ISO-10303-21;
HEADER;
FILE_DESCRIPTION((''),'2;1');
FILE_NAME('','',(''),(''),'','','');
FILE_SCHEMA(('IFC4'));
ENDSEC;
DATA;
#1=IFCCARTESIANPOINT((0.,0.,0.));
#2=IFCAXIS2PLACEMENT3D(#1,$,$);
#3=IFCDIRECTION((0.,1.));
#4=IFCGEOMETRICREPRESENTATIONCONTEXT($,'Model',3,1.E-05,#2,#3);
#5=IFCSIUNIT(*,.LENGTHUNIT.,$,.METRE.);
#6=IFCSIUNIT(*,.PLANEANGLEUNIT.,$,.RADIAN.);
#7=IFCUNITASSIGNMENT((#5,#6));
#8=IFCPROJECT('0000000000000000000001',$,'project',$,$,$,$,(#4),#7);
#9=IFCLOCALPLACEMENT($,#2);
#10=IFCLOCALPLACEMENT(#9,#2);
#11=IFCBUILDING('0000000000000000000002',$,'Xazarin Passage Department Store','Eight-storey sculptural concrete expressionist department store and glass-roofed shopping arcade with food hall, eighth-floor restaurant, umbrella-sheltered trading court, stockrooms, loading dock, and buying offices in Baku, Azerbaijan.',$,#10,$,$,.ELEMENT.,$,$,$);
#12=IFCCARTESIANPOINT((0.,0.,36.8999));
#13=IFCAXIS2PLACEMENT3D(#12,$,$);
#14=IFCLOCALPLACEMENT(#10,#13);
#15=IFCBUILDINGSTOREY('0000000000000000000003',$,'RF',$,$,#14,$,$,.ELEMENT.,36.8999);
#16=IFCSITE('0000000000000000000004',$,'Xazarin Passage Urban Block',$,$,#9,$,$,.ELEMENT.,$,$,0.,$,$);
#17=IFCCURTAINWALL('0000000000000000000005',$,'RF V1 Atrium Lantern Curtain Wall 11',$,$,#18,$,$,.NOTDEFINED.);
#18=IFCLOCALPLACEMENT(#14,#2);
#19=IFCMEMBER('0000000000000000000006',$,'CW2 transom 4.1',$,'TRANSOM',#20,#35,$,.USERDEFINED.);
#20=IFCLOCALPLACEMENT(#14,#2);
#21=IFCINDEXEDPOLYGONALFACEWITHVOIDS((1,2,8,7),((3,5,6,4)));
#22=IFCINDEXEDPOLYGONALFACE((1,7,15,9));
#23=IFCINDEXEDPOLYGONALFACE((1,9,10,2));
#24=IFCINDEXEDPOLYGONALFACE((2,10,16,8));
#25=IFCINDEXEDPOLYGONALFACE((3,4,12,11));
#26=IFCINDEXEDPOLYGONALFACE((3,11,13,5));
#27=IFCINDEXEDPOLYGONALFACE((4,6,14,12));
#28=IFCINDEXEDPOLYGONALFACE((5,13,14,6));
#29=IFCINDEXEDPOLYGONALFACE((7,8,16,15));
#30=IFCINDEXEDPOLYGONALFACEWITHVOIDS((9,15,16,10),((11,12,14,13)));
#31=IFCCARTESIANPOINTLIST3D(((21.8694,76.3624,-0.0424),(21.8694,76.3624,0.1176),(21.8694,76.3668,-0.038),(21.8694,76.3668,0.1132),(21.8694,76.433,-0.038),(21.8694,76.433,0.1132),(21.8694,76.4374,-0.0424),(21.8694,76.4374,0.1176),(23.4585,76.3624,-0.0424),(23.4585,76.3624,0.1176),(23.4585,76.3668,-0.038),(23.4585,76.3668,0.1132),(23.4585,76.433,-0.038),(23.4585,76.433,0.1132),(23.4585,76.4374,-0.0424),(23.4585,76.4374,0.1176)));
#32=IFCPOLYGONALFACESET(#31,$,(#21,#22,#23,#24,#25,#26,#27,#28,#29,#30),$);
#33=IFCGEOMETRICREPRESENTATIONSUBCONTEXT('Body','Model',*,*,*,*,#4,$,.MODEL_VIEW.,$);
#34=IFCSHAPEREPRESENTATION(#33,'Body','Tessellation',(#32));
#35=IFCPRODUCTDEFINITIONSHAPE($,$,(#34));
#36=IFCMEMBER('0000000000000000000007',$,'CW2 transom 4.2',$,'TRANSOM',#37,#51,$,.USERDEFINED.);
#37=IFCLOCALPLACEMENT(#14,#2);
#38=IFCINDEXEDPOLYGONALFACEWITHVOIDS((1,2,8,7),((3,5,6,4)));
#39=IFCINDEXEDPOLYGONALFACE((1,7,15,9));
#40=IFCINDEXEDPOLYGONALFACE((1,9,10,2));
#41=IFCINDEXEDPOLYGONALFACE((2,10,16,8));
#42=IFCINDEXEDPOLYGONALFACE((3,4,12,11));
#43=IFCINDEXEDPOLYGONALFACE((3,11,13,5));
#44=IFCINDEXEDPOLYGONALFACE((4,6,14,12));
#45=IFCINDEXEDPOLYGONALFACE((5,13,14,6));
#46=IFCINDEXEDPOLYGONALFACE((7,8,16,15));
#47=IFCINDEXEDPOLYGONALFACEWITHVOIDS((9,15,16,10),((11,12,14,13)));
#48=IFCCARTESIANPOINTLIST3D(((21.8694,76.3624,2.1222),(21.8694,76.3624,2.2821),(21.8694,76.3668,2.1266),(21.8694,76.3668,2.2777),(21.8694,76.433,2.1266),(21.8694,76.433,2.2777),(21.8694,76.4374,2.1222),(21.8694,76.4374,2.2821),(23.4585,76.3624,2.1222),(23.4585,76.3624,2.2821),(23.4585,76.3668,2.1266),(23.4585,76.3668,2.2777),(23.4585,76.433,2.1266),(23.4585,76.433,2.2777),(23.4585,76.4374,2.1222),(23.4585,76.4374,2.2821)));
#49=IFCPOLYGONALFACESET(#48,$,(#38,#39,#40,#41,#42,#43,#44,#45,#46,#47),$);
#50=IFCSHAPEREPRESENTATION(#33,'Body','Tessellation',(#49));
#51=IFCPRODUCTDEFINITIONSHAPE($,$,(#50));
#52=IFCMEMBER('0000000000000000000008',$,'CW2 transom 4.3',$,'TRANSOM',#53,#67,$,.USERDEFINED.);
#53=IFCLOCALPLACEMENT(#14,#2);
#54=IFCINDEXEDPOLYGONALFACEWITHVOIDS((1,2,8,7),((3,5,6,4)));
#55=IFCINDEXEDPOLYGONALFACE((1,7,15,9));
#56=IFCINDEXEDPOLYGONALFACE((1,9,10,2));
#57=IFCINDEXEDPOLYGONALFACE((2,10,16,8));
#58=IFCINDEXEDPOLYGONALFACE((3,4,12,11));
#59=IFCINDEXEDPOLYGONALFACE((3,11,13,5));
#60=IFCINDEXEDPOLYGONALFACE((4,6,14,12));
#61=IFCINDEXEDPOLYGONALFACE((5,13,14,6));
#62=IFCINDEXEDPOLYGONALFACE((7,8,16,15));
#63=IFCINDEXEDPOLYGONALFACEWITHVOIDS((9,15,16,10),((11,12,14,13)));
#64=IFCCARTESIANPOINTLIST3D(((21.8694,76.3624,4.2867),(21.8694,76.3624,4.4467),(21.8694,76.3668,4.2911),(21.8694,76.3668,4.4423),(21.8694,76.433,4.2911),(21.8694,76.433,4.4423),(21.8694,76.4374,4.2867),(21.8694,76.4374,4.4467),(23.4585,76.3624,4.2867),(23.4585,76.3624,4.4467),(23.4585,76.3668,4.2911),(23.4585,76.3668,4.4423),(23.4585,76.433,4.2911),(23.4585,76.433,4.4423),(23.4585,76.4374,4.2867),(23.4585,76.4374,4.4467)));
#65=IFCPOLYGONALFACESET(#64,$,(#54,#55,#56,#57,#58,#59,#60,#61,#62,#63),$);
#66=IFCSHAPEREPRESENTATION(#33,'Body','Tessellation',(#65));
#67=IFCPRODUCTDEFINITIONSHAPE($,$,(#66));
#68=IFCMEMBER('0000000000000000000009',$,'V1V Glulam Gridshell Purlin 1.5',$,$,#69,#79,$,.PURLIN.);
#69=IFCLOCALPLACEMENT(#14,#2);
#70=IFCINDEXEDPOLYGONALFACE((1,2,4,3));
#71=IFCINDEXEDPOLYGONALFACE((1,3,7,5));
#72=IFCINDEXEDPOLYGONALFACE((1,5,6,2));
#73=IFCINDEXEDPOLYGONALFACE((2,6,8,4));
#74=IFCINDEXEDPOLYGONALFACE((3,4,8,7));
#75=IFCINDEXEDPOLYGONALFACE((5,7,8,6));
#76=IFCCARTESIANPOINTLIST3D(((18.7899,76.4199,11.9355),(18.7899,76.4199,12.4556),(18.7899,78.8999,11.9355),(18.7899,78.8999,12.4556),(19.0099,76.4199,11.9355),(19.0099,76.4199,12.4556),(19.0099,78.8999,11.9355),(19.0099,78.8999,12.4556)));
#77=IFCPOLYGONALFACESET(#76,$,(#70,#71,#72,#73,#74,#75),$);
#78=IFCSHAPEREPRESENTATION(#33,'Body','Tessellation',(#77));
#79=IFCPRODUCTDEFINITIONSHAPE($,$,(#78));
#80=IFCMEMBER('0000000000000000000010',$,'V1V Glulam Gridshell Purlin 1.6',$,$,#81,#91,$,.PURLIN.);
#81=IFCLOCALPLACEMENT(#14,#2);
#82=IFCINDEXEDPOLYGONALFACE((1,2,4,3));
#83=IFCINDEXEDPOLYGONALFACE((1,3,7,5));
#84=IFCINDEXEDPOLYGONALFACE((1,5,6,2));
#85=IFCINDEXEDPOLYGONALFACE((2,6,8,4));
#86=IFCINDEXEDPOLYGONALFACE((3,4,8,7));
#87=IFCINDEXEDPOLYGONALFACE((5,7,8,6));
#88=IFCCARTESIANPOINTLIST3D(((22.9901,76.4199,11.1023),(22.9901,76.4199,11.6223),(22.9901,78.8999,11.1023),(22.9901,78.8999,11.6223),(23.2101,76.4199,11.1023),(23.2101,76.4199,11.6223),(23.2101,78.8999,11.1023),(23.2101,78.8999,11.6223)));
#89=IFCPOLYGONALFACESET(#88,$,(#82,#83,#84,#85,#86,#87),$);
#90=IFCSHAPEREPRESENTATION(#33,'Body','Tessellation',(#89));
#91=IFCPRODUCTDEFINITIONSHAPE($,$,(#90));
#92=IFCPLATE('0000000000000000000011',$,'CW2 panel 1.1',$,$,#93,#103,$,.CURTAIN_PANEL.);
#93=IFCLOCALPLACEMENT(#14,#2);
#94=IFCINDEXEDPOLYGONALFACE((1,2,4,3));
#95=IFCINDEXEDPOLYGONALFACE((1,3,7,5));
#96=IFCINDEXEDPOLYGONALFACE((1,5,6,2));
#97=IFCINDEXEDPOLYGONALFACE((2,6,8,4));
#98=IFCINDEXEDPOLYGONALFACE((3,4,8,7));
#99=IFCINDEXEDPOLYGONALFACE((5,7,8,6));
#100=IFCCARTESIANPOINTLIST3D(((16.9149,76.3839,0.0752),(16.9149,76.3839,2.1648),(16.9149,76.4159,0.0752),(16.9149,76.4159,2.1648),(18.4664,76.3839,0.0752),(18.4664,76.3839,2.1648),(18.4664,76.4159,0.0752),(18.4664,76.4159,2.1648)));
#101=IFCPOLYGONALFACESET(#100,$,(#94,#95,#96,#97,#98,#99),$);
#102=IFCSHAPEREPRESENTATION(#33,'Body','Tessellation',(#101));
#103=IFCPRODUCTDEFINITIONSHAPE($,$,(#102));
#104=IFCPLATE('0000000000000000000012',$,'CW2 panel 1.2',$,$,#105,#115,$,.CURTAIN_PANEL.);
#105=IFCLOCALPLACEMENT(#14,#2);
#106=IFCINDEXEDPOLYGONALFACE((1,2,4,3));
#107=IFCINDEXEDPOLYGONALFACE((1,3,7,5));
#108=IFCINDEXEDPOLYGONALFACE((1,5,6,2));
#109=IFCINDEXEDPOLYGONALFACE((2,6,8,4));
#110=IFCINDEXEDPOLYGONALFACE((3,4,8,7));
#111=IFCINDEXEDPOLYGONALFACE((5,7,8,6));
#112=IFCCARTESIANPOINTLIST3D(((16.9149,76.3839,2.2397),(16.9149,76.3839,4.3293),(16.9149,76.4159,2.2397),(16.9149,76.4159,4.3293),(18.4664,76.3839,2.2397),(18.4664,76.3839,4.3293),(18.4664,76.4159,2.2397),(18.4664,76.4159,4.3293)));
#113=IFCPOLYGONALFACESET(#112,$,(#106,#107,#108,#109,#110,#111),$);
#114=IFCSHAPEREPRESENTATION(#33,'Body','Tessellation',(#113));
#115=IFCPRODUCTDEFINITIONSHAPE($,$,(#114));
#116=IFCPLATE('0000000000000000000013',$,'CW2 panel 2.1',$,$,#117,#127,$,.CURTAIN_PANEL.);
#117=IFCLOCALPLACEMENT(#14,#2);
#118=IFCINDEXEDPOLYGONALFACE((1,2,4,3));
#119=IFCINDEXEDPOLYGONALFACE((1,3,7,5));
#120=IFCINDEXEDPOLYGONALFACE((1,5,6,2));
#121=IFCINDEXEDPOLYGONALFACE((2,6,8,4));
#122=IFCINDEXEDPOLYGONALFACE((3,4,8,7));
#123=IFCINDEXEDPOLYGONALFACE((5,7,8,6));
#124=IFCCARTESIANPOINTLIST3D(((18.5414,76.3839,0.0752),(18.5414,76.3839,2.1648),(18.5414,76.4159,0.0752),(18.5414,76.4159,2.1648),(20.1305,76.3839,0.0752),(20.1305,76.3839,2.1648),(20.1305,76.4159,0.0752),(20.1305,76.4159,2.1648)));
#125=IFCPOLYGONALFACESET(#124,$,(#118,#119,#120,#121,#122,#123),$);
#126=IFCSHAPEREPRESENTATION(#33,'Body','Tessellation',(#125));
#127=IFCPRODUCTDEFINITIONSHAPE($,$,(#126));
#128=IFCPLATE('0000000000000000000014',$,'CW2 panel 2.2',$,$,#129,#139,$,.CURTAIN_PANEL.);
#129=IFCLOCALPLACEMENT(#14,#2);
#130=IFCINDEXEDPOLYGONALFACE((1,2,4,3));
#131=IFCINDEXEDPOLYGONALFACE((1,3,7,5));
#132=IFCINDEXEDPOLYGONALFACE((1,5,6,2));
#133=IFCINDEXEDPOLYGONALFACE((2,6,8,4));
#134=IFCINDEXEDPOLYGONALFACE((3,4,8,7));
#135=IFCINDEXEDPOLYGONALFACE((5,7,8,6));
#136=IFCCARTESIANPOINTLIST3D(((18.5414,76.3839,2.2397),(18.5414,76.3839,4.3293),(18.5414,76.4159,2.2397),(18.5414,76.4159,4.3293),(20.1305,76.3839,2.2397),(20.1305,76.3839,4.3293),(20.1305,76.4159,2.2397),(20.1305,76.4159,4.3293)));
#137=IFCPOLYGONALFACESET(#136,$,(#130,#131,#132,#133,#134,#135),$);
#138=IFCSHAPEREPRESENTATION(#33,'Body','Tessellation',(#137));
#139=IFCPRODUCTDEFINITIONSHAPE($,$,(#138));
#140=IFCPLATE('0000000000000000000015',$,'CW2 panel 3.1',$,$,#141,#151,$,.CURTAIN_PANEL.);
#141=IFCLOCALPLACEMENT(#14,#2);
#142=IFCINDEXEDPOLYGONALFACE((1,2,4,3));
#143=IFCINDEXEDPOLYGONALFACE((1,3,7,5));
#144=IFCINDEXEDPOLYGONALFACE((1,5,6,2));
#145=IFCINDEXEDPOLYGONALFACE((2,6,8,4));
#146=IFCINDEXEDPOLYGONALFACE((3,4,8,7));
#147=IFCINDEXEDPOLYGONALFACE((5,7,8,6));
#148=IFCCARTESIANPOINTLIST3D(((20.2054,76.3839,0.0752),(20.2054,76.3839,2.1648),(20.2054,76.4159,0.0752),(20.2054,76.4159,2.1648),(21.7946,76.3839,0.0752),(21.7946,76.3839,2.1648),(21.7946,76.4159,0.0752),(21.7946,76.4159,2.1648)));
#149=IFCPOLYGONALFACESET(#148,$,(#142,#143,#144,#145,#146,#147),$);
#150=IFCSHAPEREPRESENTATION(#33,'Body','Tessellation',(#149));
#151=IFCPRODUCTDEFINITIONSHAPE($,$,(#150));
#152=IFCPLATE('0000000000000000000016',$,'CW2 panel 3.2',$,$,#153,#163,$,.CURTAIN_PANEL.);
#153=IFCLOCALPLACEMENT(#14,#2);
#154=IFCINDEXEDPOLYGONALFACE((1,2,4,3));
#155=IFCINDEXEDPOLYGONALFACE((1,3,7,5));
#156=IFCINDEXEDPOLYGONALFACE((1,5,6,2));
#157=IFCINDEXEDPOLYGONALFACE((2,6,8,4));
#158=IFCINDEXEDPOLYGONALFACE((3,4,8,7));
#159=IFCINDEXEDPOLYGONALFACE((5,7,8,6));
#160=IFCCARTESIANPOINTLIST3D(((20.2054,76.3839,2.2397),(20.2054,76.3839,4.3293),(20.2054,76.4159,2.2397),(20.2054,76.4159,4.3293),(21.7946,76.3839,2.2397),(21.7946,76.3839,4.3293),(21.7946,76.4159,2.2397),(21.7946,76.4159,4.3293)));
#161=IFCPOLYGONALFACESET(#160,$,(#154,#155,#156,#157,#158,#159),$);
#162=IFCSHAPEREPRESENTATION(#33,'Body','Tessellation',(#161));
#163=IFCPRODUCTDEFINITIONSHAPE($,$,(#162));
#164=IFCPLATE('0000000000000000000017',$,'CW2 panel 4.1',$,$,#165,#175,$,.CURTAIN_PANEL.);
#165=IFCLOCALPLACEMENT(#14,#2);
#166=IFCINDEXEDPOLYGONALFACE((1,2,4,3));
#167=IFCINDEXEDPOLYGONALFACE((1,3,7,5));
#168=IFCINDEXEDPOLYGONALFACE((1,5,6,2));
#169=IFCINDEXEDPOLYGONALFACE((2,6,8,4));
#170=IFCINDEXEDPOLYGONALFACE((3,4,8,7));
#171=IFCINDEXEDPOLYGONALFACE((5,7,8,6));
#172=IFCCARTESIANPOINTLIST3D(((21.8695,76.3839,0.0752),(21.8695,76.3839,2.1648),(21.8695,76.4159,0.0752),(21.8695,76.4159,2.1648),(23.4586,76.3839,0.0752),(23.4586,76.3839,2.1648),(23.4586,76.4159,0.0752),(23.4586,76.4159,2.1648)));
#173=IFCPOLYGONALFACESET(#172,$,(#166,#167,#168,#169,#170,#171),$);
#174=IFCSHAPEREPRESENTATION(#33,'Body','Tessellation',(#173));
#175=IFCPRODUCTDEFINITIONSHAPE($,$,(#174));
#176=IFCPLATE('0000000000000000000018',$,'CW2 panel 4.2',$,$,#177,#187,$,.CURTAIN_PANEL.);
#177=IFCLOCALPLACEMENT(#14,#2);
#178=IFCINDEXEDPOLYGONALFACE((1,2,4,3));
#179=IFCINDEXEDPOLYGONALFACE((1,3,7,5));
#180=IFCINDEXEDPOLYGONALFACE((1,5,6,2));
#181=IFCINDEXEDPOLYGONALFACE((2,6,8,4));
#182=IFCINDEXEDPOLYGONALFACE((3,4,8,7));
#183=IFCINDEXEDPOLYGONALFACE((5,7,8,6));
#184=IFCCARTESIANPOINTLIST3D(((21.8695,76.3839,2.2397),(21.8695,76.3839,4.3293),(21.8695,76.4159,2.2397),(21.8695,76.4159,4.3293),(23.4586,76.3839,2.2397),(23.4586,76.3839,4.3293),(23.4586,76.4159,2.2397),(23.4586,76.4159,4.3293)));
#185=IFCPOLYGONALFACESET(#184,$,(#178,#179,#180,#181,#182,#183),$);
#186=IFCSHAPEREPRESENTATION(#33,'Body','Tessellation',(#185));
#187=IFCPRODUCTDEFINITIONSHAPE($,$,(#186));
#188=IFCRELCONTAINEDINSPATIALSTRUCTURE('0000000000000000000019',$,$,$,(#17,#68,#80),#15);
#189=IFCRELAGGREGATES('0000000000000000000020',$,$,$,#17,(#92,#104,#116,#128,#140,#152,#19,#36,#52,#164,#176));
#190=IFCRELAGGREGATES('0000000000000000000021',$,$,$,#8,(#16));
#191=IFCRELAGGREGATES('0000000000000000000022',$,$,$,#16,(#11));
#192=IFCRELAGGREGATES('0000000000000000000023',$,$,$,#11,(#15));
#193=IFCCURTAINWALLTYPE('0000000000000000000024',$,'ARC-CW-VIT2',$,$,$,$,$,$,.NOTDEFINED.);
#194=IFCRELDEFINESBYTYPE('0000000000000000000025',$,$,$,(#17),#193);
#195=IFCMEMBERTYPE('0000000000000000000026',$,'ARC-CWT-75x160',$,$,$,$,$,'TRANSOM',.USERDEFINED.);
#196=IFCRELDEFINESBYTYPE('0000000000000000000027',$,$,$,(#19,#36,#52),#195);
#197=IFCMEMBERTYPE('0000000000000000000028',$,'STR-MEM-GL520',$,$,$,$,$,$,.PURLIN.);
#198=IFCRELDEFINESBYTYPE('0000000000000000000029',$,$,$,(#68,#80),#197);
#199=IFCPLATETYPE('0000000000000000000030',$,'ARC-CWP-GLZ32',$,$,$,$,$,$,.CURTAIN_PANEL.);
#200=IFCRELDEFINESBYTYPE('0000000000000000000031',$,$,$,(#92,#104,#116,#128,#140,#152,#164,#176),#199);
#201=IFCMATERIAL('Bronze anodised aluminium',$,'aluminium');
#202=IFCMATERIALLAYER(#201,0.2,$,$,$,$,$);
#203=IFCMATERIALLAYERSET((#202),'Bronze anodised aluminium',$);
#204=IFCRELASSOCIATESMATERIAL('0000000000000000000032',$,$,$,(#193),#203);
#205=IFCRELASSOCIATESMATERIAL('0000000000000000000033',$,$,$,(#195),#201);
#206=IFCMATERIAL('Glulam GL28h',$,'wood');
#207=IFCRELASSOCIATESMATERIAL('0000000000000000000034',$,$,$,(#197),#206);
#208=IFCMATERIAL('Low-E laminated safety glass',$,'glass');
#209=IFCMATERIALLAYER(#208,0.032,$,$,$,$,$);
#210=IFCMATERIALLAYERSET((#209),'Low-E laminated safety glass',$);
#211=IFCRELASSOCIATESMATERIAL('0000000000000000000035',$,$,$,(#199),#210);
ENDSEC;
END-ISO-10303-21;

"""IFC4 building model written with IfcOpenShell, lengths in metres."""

from ifc_helpers import new_model, si_unit, direction, frame, origin, origin_2d, place, context, subcontext, project, spatial, rectangle, hollow_rectangle, extrude, material, layer, layer_set, material_profile, profile_set, type_object, element, aggregate, save


model = new_model("IFC4")

# Units and contexts
model_context = context("Model", 3, precision=1e-05, world=origin(), true_north=direction((0.0, 1.0)))
body_context = subcontext(model_context, "Body", "Model", "MODEL_VIEW")
ifc_project = project(units=[si_unit("LENGTHUNIT", "METRE"), si_unit("PLANEANGLEUNIT", "RADIAN")], contexts=[model_context])

# Site, building, storey
site_placement = place(None, origin())
site = spatial("IfcSite", under=ifc_project, at=site_placement, Name="Xazarin Passage Urban Block", CompositionType="ELEMENT", RefElevation=0.0)
building_placement = place(site_placement, origin())
building = spatial("IfcBuilding", under=site, at=building_placement, Name="Xazarin Passage Department Store", Description="Eight-storey sculptural concrete expressionist department store and glass-roofed shopping arcade with food hall, eighth-floor restaurant, umbrella-sheltered trading court, stockrooms, loading dock, and buying offices in Baku, Azerbaijan.", CompositionType="ELEMENT")
storey_placement = place(building_placement, frame((0.0, 0.0, 36.8999)))
storey = spatial("IfcBuildingStorey", under=building, at=storey_placement, Name="RF", CompositionType="ELEMENT", Elevation=36.8999)

# Curtain wall, members
ifc_material_1 = material(Name="Bronze anodised aluminium", Category="aluminium")
ifc_layer_1 = layer(ifc_material_1, 0.2)
ifc_layer_set_1 = layer_set([ifc_layer_1], Name="Bronze anodised aluminium")
curtain_wall_type = type_object("IfcCurtainWallType", Name="ARC-CW-VIT2", PredefinedType="NOTDEFINED", material=ifc_layer_set_1)
curtain_wall_placement = place(storey_placement, origin())
curtain_wall = element("IfcCurtainWall", 1, at=curtain_wall_placement, inside=storey, type_object=curtain_wall_type, Name="RF V1 Atrium Lantern Curtain Wall 11", PredefinedType="NOTDEFINED")
ifc_material_profile_1 = material_profile(ifc_material_1, hollow_rectangle(XDim=0.075, YDim=0.1599, WallThickness=0.0044, at=origin_2d()), Name="ALU 75x160")
ifc_profile_set_1 = profile_set([ifc_material_profile_1], Name="Bronze anodised aluminium")
member_type_1 = type_object("IfcMemberType", Name="ARC-CWT-75x160", ElementType="TRANSOM", PredefinedType="USERDEFINED", material=ifc_profile_set_1)
member_1_placement = place(storey_placement, frame((21.8694, 76.3999, 0.0376), z_axis=(1.0, 0.0, 0.0), x_axis=(0.0, 1.0, 0.0)))
member_1 = element("IfcMember", 2, at=member_1_placement, type_object=member_type_1, Name="CW2 transom 4.1", ObjectType="TRANSOM", PredefinedType="USERDEFINED", context=body_context, shape_type="SweptSolid", body=[
    extrude(hollow_rectangle(XDim=0.075, YDim=0.1599, WallThickness=0.0044, at=origin_2d()), origin(), (0.0, 0.0, 1.0), 1.5891),
])
member_2_placement = place(storey_placement, frame((21.8694, 76.3999, 2.2021), z_axis=(1.0, 0.0, 0.0), x_axis=(0.0, 1.0, 0.0)))
member_2 = element("IfcMember", 3, at=member_2_placement, type_object=member_type_1, Name="CW2 transom 4.2", ObjectType="TRANSOM", PredefinedType="USERDEFINED", context=body_context, shape_type="SweptSolid", body=[
    extrude(hollow_rectangle(XDim=0.075, YDim=0.1599, WallThickness=0.0044, at=origin_2d()), origin(), (0.0, 0.0, 1.0), 1.5891),
])
member_3_placement = place(storey_placement, frame((21.8694, 76.3999, 4.3667), z_axis=(1.0, 0.0, 0.0), x_axis=(0.0, 1.0, 0.0)))
member_3 = element("IfcMember", 4, at=member_3_placement, type_object=member_type_1, Name="CW2 transom 4.3", ObjectType="TRANSOM", PredefinedType="USERDEFINED", context=body_context, shape_type="SweptSolid", body=[
    extrude(hollow_rectangle(XDim=0.075, YDim=0.1599, WallThickness=0.0044, at=origin_2d()), origin(), (0.0, 0.0, 1.0), 1.5891),
])

# Members
ifc_material_2 = material(Name="Glulam GL28h", Category="wood")
ifc_material_profile_2 = material_profile(ifc_material_2, rectangle(XDim=0.22, YDim=0.52, at=origin_2d()), Name="GL28h 220x520")
ifc_profile_set_2 = profile_set([ifc_material_profile_2], Name="Glulam GL28h")
member_type_2 = type_object("IfcMemberType", Name="STR-MEM-GL520", PredefinedType="PURLIN", material=ifc_profile_set_2)
for number, where, z_axis, x_axis, name in (
    (5, (18.8999, 76.4199, 12.1956), (0.0, 1.0, 0.0), (-1.0, 0.0, 0.0), "V1V Glulam Gridshell Purlin 1.5"),
    (6, (23.1001, 76.4199, 11.3623), (0.0, 1.0, 0.0), (-1.0, 0.0, 0.0), "V1V Glulam Gridshell Purlin 1.6"),
):
    element("IfcMember", number, at=place(storey_placement, frame(where, z_axis=z_axis, x_axis=x_axis)), inside=storey, type_object=member_type_2, Name=name, PredefinedType="PURLIN", context=body_context, shape_type="SweptSolid", body=[
        extrude(rectangle(XDim=0.22, YDim=0.52, at=origin_2d()), origin(), (0.0, 0.0, 1.0), 2.48),
    ])

# Plates
ifc_material_3 = material(Name="Low-E laminated safety glass", Category="glass")
ifc_layer_2 = layer(ifc_material_3, 0.032)
ifc_layer_set_2 = layer_set([ifc_layer_2], Name="Low-E laminated safety glass")
plate_type_1 = type_object("IfcPlateType", Name="ARC-CWP-GLZ32", PredefinedType="CURTAIN_PANEL", material=ifc_layer_set_2)
plate_1_placement = place(storey_placement, frame((17.6907, 76.3999, 0.0752), z_axis=(0.0, 0.0, 1.0), x_axis=(1.0, 0.0, 0.0)))
plate_1 = element("IfcPlate", 7, at=plate_1_placement, type_object=plate_type_1, Name="CW2 panel 1.1", PredefinedType="CURTAIN_PANEL", context=body_context, shape_type="SweptSolid", body=[
    extrude(rectangle(XDim=1.5515, YDim=0.032, at=origin_2d()), origin(), (0.0, 0.0, 1.0), 2.0896),
])
plate_2_placement = place(storey_placement, frame((17.6907, 76.3999, 2.2397), z_axis=(0.0, 0.0, 1.0), x_axis=(1.0, 0.0, 0.0)))
plate_2 = element("IfcPlate", 8, at=plate_2_placement, type_object=plate_type_1, Name="CW2 panel 1.2", PredefinedType="CURTAIN_PANEL", context=body_context, shape_type="SweptSolid", body=[
    extrude(rectangle(XDim=1.5515, YDim=0.032, at=origin_2d()), origin(), (0.0, 0.0, 1.0), 2.0896),
])
plate_3_placement = place(storey_placement, frame((19.3359, 76.3999, 0.0752), z_axis=(0.0, 0.0, 1.0), x_axis=(1.0, 0.0, 0.0)))
plate_3 = element("IfcPlate", 9, at=plate_3_placement, type_object=plate_type_1, Name="CW2 panel 2.1", PredefinedType="CURTAIN_PANEL", context=body_context, shape_type="SweptSolid", body=[
    extrude(rectangle(XDim=1.5891, YDim=0.032, at=origin_2d()), origin(), (0.0, 0.0, 1.0), 2.0896),
])
plate_4_placement = place(storey_placement, frame((19.3359, 76.3999, 2.2397), z_axis=(0.0, 0.0, 1.0), x_axis=(1.0, 0.0, 0.0)))
plate_4 = element("IfcPlate", 10, at=plate_4_placement, type_object=plate_type_1, Name="CW2 panel 2.2", PredefinedType="CURTAIN_PANEL", context=body_context, shape_type="SweptSolid", body=[
    extrude(rectangle(XDim=1.5891, YDim=0.032, at=origin_2d()), origin(), (0.0, 0.0, 1.0), 2.0896),
])
plate_5_placement = place(storey_placement, frame((21.0, 76.3999, 0.0752), z_axis=(0.0, 0.0, 1.0), x_axis=(1.0, 0.0, 0.0)))
plate_5 = element("IfcPlate", 11, at=plate_5_placement, type_object=plate_type_1, Name="CW2 panel 3.1", PredefinedType="CURTAIN_PANEL", context=body_context, shape_type="SweptSolid", body=[
    extrude(rectangle(XDim=1.5891, YDim=0.032, at=origin_2d()), origin(), (0.0, 0.0, 1.0), 2.0896),
])
plate_6_placement = place(storey_placement, frame((21.0, 76.3999, 2.2397), z_axis=(0.0, 0.0, 1.0), x_axis=(1.0, 0.0, 0.0)))
plate_6 = element("IfcPlate", 12, at=plate_6_placement, type_object=plate_type_1, Name="CW2 panel 3.2", PredefinedType="CURTAIN_PANEL", context=body_context, shape_type="SweptSolid", body=[
    extrude(rectangle(XDim=1.5891, YDim=0.032, at=origin_2d()), origin(), (0.0, 0.0, 1.0), 2.0896),
])
plate_7_placement = place(storey_placement, frame((22.6641, 76.3999, 0.0752), z_axis=(0.0, 0.0, 1.0), x_axis=(1.0, 0.0, 0.0)))
plate_7 = element("IfcPlate", 13, at=plate_7_placement, type_object=plate_type_1, Name="CW2 panel 4.1", PredefinedType="CURTAIN_PANEL", context=body_context, shape_type="SweptSolid", body=[
    extrude(rectangle(XDim=1.5891, YDim=0.032, at=origin_2d()), origin(), (0.0, 0.0, 1.0), 2.0896),
])
plate_8_placement = place(storey_placement, frame((22.6641, 76.3999, 2.2397), z_axis=(0.0, 0.0, 1.0), x_axis=(1.0, 0.0, 0.0)))
plate_8 = element("IfcPlate", 14, at=plate_8_placement, type_object=plate_type_1, Name="CW2 panel 4.2", PredefinedType="CURTAIN_PANEL", context=body_context, shape_type="SweptSolid", body=[
    extrude(rectangle(XDim=1.5891, YDim=0.032, at=origin_2d()), origin(), (0.0, 0.0, 1.0), 2.0896),
])
aggregate(curtain_wall, [plate_1, plate_2, plate_3, plate_4, plate_5, plate_6, member_1, member_2, member_3, plate_7, plate_8])

save(model, "model.ifc")
